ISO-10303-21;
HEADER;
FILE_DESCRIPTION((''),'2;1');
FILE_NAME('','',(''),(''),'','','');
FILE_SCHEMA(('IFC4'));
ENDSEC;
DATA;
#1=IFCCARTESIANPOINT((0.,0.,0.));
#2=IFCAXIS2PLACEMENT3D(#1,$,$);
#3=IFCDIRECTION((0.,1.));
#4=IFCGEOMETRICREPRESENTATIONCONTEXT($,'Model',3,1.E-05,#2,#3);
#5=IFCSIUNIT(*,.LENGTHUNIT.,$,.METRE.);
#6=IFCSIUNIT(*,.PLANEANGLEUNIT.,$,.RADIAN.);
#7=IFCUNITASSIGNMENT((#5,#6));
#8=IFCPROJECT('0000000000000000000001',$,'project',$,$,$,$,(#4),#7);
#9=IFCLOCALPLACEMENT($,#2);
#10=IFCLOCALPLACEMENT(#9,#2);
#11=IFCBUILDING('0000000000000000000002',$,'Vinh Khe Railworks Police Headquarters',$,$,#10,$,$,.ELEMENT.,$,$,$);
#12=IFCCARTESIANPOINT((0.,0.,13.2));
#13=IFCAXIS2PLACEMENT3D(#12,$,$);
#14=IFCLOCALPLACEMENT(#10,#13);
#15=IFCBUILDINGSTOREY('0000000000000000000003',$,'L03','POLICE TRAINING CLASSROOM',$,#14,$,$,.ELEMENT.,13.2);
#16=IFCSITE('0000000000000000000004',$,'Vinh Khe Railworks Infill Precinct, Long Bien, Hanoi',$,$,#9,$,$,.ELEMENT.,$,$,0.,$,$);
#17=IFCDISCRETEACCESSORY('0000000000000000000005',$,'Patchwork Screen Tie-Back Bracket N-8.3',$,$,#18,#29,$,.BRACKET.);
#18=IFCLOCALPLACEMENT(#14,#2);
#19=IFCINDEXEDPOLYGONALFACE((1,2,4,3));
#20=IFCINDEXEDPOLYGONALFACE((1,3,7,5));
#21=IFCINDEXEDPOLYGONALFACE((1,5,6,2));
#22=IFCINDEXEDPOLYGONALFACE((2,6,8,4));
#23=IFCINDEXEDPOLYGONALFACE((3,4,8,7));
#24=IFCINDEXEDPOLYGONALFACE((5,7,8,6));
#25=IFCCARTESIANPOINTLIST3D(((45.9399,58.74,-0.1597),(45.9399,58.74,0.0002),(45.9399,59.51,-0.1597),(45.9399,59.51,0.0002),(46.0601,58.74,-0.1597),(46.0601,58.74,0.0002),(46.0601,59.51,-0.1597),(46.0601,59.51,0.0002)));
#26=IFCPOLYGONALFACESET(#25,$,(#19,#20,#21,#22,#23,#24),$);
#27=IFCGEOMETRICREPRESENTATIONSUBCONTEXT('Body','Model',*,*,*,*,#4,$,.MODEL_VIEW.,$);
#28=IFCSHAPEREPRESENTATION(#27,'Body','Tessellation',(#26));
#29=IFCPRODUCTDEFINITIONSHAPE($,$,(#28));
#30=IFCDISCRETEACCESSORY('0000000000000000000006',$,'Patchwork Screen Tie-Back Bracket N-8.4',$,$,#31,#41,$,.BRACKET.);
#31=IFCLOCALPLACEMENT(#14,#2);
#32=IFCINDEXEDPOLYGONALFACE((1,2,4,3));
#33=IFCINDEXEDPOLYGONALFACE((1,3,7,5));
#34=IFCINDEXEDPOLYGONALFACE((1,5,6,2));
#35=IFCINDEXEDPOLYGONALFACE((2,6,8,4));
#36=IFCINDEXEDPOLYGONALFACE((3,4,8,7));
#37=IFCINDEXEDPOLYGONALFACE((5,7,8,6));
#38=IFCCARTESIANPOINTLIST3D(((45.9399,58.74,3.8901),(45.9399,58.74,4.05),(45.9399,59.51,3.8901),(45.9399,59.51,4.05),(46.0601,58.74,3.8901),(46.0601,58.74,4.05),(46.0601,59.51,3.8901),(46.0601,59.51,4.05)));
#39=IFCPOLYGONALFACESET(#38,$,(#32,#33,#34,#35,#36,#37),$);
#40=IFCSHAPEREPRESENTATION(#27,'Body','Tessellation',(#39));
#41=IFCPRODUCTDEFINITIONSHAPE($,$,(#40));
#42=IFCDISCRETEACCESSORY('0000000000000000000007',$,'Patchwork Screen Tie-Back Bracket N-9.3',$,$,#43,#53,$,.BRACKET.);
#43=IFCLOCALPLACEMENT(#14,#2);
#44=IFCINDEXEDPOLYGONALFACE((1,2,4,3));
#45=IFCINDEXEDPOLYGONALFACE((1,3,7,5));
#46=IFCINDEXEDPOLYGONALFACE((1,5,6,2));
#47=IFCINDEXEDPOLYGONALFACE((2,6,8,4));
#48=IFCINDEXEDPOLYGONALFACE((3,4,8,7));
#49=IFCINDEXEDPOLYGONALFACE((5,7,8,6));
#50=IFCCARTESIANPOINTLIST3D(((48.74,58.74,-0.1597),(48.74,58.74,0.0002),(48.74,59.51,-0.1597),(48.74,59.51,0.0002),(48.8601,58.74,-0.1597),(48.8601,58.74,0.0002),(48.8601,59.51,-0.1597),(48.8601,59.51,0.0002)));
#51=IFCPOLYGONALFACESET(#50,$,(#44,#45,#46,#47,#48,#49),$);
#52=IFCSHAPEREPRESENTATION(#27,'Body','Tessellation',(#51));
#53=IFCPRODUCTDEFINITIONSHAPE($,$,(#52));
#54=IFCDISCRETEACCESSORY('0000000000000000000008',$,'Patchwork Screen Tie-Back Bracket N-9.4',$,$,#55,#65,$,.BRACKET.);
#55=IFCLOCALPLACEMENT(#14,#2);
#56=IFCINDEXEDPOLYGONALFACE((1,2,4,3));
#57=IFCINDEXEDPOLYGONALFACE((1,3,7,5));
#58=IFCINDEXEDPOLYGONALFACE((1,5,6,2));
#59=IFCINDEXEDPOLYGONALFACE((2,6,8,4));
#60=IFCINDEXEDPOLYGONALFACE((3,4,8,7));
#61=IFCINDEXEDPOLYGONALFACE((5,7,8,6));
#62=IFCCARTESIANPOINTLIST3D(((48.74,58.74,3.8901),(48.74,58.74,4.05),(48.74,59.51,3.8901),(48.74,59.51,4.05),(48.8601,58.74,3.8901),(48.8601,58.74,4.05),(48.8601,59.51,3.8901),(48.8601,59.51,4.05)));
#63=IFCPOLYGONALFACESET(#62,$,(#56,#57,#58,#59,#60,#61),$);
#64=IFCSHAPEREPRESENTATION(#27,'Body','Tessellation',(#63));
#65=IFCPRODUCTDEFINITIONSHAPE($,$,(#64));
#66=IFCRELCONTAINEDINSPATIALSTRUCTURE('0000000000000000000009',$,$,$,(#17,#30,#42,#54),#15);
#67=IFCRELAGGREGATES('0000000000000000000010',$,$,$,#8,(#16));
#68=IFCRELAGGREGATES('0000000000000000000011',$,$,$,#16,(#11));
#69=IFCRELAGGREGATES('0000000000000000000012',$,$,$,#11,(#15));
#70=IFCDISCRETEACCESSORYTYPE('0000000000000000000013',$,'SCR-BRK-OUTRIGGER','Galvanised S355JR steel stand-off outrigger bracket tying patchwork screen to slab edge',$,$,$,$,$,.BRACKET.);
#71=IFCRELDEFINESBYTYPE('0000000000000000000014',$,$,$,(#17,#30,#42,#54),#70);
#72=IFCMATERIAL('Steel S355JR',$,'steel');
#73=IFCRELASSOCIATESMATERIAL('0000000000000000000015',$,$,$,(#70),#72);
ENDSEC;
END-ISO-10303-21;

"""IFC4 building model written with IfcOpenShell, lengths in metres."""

from ifc_helpers import new_model, si_unit, direction, frame, origin, origin_2d, place, context, subcontext, project, spatial, rectangle, extrude, material, type_object, element, save


model = new_model("IFC4")

# Units and contexts
model_context = context("Model", 3, precision=1e-05, world=origin(), true_north=direction((0.0, 1.0)))
body_context = subcontext(model_context, "Body", "Model", "MODEL_VIEW")
ifc_project = project(units=[si_unit("LENGTHUNIT", "METRE"), si_unit("PLANEANGLEUNIT", "RADIAN")], contexts=[model_context])

# Site, building, storey
site_placement = place(None, origin())
site = spatial("IfcSite", under=ifc_project, at=site_placement, Name="Vinh Khe Railworks Infill Precinct, Long Bien, Hanoi", CompositionType="ELEMENT", RefElevation=0.0)
building_placement = place(site_placement, origin())
building = spatial("IfcBuilding", under=site, at=building_placement, Name="Vinh Khe Railworks Police Headquarters", CompositionType="ELEMENT")
storey_placement = place(building_placement, frame((0.0, 0.0, 13.2)))
storey = spatial("IfcBuildingStorey", under=building, at=storey_placement, Name="L03", Description="POLICE TRAINING CLASSROOM", CompositionType="ELEMENT", Elevation=13.2)

# Shared definitions
ifc_material_1 = material(Name="Steel S355JR", Category="steel")

# Discrete accessories
discrete_accessory_type = type_object("IfcDiscreteAccessoryType", Name="SCR-BRK-OUTRIGGER", Description="Galvanised S355JR steel stand-off outrigger bracket tying patchwork screen to slab edge", PredefinedType="BRACKET", material=ifc_material_1)
for number, where, z_axis, x_axis, name in (
    (1, (46.0, 59.125, -0.1597), (0.0, 0.0, 1.0), (1.0, 0.0, 0.0), "Patchwork Screen Tie-Back Bracket N-8.3"),
    (2, (46.0, 59.125, 3.8901), (0.0, 0.0, 1.0), (1.0, 0.0, 0.0), "Patchwork Screen Tie-Back Bracket N-8.4"),
    (3, (48.8, 59.125, -0.1597), (0.0, 0.0, 1.0), (1.0, 0.0, 0.0), "Patchwork Screen Tie-Back Bracket N-9.3"),
    (4, (48.8, 59.125, 3.8901), (0.0, 0.0, 1.0), (1.0, 0.0, 0.0), "Patchwork Screen Tie-Back Bracket N-9.4"),
):
    element("IfcDiscreteAccessory", number, at=place(storey_placement, frame(where, z_axis=z_axis, x_axis=x_axis)), inside=storey, type_object=discrete_accessory_type, Name=name, PredefinedType="BRACKET", context=body_context, shape_type="SweptSolid", body=[
        extrude(rectangle(XDim=0.1201, YDim=0.77, at=origin_2d()), origin(), (0.0, 0.0, 1.0), 0.1599),
    ])

save(model, "model.ifc")
